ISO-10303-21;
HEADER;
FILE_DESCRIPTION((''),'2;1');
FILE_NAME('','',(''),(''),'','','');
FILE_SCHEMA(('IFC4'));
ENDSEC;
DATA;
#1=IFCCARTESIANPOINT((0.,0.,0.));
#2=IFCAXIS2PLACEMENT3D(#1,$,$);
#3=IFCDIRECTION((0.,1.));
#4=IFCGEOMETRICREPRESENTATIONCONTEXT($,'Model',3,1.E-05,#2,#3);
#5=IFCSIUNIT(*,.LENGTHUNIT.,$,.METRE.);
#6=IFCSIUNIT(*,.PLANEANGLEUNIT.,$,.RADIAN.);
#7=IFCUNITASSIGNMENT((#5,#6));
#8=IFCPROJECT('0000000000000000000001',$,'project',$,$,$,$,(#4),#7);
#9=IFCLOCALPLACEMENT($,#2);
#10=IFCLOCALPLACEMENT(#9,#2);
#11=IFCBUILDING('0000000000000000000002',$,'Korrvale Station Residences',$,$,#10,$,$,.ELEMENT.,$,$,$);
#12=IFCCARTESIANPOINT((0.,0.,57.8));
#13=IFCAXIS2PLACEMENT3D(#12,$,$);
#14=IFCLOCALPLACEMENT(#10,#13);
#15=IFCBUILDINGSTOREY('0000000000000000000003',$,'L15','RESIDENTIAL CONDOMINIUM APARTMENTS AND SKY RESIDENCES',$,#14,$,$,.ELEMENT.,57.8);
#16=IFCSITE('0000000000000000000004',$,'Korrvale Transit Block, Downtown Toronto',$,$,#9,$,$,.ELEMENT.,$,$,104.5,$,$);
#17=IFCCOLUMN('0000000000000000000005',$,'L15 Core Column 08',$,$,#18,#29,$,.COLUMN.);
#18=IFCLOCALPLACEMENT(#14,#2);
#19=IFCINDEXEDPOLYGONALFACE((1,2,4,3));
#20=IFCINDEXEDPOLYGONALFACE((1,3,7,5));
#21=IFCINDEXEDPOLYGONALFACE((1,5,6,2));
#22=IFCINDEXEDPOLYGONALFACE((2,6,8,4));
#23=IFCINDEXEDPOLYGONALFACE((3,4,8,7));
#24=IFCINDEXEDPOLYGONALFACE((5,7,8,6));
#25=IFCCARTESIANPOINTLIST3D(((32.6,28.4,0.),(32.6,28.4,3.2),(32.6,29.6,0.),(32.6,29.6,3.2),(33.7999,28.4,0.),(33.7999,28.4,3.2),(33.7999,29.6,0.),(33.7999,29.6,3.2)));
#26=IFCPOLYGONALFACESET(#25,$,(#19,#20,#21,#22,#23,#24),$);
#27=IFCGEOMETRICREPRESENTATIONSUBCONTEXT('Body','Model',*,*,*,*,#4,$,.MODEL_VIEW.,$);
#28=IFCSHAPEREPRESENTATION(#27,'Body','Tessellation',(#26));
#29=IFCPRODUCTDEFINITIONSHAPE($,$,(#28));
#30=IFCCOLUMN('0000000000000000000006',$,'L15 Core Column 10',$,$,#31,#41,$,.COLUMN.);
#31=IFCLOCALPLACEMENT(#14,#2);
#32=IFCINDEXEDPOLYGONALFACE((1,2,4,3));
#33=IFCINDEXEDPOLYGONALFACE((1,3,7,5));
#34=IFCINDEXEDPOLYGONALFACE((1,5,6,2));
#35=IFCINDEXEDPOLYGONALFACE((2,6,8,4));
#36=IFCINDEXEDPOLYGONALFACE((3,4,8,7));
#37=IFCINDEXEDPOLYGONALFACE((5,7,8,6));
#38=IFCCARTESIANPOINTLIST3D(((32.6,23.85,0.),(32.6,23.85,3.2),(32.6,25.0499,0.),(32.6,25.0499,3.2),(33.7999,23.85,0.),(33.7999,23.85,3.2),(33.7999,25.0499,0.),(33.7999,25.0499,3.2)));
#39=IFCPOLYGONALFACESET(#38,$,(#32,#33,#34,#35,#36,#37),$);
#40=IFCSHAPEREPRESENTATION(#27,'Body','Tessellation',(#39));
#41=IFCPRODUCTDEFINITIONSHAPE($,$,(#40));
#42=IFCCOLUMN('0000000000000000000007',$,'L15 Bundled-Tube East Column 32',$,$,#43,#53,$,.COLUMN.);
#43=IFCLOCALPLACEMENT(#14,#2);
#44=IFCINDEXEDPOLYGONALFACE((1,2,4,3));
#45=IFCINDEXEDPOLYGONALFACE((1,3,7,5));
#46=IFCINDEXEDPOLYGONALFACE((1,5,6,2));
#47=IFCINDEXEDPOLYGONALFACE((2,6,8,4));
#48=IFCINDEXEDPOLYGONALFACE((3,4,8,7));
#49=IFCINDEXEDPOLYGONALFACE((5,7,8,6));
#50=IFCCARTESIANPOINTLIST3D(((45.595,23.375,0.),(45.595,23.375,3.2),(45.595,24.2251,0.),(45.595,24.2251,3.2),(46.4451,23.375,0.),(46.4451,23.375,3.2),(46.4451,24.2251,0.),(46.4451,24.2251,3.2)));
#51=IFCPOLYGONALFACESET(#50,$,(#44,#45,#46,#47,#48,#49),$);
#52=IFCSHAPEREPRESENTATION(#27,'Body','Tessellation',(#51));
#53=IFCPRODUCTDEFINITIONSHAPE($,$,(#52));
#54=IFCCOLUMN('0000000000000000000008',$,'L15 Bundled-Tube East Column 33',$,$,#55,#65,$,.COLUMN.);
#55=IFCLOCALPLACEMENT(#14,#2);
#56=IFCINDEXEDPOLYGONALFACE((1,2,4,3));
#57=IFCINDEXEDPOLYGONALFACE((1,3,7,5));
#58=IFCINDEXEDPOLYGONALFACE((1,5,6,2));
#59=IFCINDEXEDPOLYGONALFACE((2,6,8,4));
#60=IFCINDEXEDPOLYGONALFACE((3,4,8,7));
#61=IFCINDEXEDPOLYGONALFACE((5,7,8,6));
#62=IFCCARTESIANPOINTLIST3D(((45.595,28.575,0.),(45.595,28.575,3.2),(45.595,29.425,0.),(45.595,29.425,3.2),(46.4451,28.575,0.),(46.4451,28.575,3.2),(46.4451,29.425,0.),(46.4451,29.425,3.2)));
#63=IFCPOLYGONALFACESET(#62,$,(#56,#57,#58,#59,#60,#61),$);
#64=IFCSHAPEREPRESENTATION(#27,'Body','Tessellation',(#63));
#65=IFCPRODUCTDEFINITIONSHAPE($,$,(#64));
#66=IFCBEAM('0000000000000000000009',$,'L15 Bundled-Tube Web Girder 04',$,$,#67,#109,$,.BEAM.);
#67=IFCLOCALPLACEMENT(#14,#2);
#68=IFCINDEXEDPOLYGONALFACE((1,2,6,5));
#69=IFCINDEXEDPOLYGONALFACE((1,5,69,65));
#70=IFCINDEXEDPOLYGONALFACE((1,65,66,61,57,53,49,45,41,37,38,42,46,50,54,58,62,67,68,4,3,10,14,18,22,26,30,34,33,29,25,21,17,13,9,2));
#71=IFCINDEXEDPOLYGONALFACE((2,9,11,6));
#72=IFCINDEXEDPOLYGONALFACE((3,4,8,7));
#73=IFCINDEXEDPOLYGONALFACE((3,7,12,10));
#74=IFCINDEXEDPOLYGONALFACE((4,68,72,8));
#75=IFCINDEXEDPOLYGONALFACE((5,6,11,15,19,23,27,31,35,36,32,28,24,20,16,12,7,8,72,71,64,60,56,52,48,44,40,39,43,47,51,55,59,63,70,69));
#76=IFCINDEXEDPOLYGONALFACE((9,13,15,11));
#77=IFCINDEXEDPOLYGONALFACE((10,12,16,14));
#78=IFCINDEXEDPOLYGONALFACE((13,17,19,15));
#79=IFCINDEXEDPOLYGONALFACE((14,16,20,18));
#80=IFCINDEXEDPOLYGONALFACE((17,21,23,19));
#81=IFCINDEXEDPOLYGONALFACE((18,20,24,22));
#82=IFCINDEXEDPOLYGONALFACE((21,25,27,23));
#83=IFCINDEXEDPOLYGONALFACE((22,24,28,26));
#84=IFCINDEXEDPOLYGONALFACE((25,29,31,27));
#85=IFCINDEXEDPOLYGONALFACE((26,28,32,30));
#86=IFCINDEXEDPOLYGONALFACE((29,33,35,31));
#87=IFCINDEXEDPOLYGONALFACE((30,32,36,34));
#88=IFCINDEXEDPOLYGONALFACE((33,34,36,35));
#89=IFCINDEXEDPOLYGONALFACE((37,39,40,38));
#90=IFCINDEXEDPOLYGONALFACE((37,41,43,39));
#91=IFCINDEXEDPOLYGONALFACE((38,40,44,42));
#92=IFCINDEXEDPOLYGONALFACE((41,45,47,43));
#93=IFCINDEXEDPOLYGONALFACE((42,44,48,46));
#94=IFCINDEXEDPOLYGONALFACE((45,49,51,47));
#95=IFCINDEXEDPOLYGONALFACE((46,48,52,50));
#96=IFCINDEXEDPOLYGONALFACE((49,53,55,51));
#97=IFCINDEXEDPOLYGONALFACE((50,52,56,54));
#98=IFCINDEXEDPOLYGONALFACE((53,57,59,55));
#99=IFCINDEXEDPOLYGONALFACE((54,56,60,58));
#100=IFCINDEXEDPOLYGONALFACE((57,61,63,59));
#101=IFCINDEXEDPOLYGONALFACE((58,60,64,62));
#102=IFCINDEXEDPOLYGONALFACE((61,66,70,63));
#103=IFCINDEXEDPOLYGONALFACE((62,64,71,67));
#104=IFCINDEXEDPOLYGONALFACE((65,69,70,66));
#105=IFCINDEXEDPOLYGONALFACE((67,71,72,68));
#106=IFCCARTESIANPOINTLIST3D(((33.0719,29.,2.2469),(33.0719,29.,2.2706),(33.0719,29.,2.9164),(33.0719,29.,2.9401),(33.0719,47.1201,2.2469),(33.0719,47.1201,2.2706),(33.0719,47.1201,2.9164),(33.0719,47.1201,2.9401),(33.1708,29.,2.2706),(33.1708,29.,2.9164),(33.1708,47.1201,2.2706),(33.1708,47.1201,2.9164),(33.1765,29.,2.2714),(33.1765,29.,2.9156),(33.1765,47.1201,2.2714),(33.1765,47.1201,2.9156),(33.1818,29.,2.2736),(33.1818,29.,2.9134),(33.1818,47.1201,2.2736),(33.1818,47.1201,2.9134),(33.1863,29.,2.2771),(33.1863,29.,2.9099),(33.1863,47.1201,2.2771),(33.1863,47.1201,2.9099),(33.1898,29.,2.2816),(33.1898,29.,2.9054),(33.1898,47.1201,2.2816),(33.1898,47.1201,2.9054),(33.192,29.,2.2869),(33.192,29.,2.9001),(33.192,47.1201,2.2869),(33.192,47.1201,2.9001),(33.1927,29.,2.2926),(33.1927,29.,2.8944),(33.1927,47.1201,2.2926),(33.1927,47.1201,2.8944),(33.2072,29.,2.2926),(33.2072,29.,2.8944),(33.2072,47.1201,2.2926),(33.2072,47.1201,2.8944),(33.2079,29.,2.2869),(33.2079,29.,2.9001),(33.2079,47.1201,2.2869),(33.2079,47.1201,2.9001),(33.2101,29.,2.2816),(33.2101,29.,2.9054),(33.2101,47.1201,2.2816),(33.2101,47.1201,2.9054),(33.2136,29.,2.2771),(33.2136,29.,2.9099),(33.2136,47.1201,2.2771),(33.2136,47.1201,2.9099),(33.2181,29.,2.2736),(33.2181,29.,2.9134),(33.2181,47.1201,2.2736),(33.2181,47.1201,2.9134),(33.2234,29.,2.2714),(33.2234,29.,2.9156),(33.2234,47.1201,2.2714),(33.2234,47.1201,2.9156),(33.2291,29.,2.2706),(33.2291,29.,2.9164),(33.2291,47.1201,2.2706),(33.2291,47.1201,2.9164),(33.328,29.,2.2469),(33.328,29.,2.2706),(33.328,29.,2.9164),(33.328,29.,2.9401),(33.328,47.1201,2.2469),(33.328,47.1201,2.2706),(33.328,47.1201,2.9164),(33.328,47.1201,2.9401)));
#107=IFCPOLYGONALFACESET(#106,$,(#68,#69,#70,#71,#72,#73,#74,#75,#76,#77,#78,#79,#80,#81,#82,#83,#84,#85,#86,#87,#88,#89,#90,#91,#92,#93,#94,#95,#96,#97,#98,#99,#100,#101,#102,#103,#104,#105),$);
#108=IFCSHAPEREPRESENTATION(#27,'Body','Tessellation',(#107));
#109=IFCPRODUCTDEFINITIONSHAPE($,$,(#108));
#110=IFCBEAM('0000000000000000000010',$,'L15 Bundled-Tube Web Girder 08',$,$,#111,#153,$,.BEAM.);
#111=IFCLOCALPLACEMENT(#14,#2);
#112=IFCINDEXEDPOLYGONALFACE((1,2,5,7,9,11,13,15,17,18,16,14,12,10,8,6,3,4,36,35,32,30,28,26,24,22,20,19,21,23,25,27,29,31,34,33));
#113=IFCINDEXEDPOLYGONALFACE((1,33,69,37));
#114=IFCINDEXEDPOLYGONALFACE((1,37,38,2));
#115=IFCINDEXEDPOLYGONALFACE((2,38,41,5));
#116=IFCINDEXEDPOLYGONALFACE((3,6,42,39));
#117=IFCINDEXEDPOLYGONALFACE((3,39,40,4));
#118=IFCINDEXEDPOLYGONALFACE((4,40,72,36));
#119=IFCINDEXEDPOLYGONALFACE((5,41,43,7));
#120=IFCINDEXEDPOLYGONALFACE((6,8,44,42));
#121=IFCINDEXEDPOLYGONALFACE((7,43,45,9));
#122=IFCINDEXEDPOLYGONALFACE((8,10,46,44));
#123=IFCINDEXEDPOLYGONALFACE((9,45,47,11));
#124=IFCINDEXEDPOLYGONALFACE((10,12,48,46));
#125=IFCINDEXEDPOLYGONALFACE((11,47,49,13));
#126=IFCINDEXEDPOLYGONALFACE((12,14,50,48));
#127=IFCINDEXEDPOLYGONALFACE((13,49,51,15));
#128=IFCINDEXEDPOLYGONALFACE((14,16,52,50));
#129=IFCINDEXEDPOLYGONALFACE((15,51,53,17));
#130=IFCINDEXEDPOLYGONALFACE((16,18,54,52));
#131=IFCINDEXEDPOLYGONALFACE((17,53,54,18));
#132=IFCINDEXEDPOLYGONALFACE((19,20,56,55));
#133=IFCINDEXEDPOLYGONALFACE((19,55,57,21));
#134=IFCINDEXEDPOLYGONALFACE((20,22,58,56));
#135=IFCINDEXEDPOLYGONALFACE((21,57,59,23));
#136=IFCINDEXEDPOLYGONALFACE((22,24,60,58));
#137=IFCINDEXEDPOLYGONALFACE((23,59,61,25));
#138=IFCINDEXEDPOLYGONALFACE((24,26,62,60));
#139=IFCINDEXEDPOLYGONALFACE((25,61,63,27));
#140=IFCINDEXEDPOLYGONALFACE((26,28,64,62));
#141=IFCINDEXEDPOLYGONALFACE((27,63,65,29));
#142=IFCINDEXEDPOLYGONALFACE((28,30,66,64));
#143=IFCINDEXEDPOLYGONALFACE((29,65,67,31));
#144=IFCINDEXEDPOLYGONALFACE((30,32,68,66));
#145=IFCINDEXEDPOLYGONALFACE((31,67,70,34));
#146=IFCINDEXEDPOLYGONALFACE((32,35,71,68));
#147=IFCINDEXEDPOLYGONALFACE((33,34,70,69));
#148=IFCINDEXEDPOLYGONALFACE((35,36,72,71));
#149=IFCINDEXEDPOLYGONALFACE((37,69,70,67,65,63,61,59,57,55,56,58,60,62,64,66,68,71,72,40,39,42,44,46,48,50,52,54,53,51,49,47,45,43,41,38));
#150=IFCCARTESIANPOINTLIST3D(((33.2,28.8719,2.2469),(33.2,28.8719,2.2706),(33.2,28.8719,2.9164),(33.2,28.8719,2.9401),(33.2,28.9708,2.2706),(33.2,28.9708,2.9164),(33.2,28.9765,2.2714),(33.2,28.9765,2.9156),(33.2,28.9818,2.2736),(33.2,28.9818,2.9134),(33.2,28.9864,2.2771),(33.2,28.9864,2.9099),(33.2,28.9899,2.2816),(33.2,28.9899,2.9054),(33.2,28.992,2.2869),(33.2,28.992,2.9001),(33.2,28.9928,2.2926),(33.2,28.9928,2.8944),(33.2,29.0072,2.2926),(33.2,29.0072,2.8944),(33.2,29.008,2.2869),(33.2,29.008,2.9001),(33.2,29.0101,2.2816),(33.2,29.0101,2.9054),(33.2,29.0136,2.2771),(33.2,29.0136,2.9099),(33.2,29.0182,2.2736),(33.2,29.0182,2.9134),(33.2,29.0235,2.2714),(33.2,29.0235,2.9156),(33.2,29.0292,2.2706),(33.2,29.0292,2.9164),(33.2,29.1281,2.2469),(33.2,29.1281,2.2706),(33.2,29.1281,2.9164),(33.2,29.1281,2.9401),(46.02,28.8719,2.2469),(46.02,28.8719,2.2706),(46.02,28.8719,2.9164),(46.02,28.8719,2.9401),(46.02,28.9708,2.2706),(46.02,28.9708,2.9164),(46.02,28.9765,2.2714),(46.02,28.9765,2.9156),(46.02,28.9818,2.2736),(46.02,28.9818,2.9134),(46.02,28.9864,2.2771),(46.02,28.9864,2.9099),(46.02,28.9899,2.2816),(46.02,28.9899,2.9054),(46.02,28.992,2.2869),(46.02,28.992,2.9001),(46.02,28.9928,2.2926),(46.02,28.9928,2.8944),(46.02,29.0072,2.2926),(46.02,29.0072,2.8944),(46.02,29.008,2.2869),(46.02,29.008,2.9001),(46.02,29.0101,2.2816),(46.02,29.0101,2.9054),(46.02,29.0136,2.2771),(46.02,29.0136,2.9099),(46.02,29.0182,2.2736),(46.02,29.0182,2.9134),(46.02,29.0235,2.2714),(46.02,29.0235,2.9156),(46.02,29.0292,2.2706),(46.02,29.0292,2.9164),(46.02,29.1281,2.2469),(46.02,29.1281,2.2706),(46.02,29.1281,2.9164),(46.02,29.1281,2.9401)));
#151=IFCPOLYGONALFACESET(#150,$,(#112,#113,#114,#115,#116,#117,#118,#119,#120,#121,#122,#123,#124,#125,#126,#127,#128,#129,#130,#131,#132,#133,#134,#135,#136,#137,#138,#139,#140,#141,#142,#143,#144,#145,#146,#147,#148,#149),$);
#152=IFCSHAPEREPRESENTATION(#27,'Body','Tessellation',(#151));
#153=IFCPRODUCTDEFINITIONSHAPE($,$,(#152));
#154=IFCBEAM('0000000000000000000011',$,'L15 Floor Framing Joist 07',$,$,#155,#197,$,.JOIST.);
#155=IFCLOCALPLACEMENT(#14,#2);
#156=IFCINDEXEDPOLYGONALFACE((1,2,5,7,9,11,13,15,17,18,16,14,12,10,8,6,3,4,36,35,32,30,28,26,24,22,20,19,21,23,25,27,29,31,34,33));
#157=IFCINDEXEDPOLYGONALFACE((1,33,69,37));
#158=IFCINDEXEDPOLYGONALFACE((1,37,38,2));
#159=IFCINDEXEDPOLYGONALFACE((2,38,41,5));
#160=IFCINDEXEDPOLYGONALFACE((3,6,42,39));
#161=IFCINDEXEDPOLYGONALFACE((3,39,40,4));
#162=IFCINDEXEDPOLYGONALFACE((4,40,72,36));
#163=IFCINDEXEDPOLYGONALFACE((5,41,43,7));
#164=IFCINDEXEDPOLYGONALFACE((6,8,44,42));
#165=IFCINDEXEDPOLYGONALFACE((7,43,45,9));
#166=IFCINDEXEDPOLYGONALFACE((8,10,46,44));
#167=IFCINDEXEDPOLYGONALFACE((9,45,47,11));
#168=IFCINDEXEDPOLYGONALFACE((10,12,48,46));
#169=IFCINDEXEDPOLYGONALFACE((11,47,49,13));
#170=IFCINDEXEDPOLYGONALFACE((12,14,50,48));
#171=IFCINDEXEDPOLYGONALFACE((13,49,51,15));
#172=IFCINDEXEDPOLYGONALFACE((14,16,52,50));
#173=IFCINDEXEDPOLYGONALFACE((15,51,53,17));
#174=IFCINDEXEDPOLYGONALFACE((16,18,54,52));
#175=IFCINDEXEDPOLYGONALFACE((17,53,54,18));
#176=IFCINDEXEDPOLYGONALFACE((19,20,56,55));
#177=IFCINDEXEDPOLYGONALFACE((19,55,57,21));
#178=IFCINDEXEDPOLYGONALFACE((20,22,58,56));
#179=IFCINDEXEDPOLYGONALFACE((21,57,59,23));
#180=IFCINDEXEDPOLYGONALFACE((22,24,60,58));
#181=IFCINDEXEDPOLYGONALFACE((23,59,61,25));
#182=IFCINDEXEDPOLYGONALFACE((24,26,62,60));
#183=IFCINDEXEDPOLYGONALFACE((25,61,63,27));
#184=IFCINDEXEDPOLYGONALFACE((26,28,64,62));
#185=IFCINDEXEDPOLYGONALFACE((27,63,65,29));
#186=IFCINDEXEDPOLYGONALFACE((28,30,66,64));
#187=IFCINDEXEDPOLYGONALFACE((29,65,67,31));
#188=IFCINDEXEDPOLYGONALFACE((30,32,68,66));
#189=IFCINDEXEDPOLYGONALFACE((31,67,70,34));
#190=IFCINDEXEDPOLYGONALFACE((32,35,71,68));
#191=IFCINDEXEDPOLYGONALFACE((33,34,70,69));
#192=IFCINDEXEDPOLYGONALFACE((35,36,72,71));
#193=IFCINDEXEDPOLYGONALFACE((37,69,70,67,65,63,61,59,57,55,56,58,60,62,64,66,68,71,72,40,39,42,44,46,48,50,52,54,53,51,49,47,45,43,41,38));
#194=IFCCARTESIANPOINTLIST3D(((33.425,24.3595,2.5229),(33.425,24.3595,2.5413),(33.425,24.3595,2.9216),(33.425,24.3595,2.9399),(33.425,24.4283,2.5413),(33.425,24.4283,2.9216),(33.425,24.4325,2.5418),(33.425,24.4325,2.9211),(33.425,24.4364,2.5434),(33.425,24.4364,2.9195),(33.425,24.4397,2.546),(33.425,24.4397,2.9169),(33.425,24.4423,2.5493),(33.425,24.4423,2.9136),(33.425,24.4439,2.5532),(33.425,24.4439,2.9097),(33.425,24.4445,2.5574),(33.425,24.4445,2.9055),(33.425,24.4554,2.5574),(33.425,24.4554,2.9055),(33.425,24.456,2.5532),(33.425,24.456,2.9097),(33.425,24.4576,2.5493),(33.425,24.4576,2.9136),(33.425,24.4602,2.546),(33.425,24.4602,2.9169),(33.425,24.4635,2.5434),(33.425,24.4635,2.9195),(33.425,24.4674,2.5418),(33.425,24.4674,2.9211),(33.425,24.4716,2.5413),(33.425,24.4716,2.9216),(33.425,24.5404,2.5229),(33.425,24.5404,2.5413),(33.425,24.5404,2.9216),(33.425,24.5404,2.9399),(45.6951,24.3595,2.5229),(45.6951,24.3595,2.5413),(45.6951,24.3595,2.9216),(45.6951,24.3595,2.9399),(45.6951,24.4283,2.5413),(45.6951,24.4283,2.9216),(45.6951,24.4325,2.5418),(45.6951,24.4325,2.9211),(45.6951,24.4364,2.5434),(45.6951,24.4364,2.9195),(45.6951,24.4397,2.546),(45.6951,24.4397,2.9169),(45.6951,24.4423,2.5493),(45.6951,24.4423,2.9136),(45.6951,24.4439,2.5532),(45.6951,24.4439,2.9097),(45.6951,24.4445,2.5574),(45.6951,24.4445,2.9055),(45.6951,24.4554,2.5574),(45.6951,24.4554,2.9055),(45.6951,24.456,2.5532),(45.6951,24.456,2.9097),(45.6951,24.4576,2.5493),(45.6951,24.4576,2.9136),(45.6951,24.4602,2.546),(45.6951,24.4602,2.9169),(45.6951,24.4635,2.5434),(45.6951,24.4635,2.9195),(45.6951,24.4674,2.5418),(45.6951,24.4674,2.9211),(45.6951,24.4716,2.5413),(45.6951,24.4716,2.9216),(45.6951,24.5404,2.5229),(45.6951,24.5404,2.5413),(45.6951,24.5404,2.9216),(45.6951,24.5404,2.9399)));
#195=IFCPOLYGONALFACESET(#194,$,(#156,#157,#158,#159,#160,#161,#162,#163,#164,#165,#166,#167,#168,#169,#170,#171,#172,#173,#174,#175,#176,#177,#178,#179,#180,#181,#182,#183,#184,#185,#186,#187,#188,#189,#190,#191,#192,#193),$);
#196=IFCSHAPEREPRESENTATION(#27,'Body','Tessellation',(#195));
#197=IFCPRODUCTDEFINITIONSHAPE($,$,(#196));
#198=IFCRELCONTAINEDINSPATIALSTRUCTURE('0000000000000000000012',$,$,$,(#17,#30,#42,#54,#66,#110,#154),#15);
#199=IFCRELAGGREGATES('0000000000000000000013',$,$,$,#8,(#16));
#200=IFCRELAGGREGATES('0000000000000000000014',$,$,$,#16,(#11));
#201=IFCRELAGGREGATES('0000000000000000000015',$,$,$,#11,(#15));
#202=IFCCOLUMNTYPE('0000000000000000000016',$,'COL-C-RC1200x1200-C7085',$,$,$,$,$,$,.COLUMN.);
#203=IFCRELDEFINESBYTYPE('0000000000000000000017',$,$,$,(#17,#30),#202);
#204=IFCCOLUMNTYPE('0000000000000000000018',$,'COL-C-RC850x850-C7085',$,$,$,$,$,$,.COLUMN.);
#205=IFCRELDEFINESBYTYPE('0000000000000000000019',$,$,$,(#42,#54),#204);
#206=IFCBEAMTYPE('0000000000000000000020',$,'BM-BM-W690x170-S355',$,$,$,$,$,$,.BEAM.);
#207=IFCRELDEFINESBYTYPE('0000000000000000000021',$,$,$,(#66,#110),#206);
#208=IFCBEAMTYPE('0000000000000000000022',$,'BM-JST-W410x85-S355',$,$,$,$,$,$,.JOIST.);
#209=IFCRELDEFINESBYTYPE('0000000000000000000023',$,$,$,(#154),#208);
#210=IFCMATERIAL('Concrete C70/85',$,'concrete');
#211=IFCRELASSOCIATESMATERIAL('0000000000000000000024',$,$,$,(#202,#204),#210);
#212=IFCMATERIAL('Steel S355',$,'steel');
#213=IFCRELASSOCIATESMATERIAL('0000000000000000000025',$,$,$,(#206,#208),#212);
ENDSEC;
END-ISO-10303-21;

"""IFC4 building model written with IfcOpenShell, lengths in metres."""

from ifc_helpers import new_model, si_unit, direction, frame, origin, origin_2d, place, context, subcontext, project, spatial, rectangle, i_section, extrude, material, material_profile, profile_set, type_object, element, save


model = new_model("IFC4")

# Units and contexts
model_context = context("Model", 3, precision=1e-05, world=origin(), true_north=direction((0.0, 1.0)))
body_context = subcontext(model_context, "Body", "Model", "MODEL_VIEW")
ifc_project = project(units=[si_unit("LENGTHUNIT", "METRE"), si_unit("PLANEANGLEUNIT", "RADIAN")], contexts=[model_context])

# Site, building, storey
site_placement = place(None, origin())
site = spatial("IfcSite", under=ifc_project, at=site_placement, Name="Korrvale Transit Block, Downtown Toronto", CompositionType="ELEMENT", RefElevation=104.5)
building_placement = place(site_placement, origin())
building = spatial("IfcBuilding", under=site, at=building_placement, Name="Korrvale Station Residences", CompositionType="ELEMENT")
storey_placement = place(building_placement, frame((0.0, 0.0, 57.8)))
storey = spatial("IfcBuildingStorey", under=building, at=storey_placement, Name="L15", Description="RESIDENTIAL CONDOMINIUM APARTMENTS AND SKY RESIDENCES", CompositionType="ELEMENT", Elevation=57.8)

# Columns
ifc_material_1 = material(Name="Concrete C70/85", Category="concrete")
ifc_material_profile_1 = material_profile(ifc_material_1, rectangle(XDim=1.2, YDim=1.2, at=origin_2d()), Name="RC1200x1200")
ifc_profile_set_1 = profile_set([ifc_material_profile_1], Name="Concrete C70/85")
column_type_1 = type_object("IfcColumnType", Name="COL-C-RC1200x1200-C7085", PredefinedType="COLUMN", material=ifc_profile_set_1)
for number, where, z_axis, x_axis, name in (
    (1, (33.2, 29.0, 0.0), (0.0, 0.0, 1.0), (1.0, 0.0, 0.0), "L15 Core Column 08"),
    (2, (33.2, 24.45, 0.0), (0.0, 0.0, 1.0), (1.0, 0.0, 0.0), "L15 Core Column 10"),
):
    element("IfcColumn", number, at=place(storey_placement, frame(where, z_axis=z_axis, x_axis=x_axis)), inside=storey, type_object=column_type_1, Name=name, PredefinedType="COLUMN", context=body_context, shape_type="SweptSolid", body=[
        extrude(rectangle(XDim=1.2, YDim=1.2, at=origin_2d()), origin(), (0.0, 0.0, 1.0), 3.2),
    ])
ifc_material_profile_2 = material_profile(ifc_material_1, rectangle(XDim=0.8501, YDim=0.8501, at=origin_2d()), Name="RC850x850")
ifc_profile_set_2 = profile_set([ifc_material_profile_2], Name="Concrete C70/85")
column_type_2 = type_object("IfcColumnType", Name="COL-C-RC850x850-C7085", PredefinedType="COLUMN", material=ifc_profile_set_2)
for number, where, z_axis, x_axis, name in (
    (3, (46.02, 23.8, 0.0), (0.0, 0.0, 1.0), (1.0, 0.0, 0.0), "L15 Bundled-Tube East Column 32"),
    (4, (46.02, 29.0, 0.0), (0.0, 0.0, 1.0), (1.0, 0.0, 0.0), "L15 Bundled-Tube East Column 33"),
):
    element("IfcColumn", number, at=place(storey_placement, frame(where, z_axis=z_axis, x_axis=x_axis)), inside=storey, type_object=column_type_2, Name=name, PredefinedType="COLUMN", context=body_context, shape_type="SweptSolid", body=[
        extrude(rectangle(XDim=0.8501, YDim=0.8501, at=origin_2d()), origin(), (0.0, 0.0, 1.0), 3.2),
    ])

# Beams
ifc_material_2 = material(Name="Steel S355", Category="steel")
ifc_material_profile_3 = material_profile(ifc_material_2, i_section(OverallWidth=0.2561, OverallDepth=0.6931, WebThickness=0.0144, FlangeThickness=0.0237, FilletRadius=0.022, at=origin_2d()), Name="W690x170")
ifc_profile_set_3 = profile_set([ifc_material_profile_3], Name="Steel S355")
beam_type_1 = type_object("IfcBeamType", Name="BM-BM-W690x170-S355", PredefinedType="BEAM", material=ifc_profile_set_3)
beam_1_placement = place(storey_placement, frame((33.2, 29.0, 2.5935), z_axis=(0.0, 1.0, 0.0), x_axis=(-1.0, 0.0, 0.0)))
element("IfcBeam", 5, at=beam_1_placement, inside=storey, type_object=beam_type_1, Name="L15 Bundled-Tube Web Girder 04", PredefinedType="BEAM", context=body_context, shape_type="SweptSolid", body=[
    extrude(i_section(OverallWidth=0.2561, OverallDepth=0.6931, WebThickness=0.0144, FlangeThickness=0.0237, FilletRadius=0.022, at=origin_2d()), origin(), (0.0, 0.0, 1.0), 18.1201),
])
beam_2_placement = place(storey_placement, frame((33.2, 29.0, 2.5935), z_axis=(1.0, 0.0, 0.0), x_axis=(0.0, 1.0, 0.0)))
element("IfcBeam", 6, at=beam_2_placement, inside=storey, type_object=beam_type_1, Name="L15 Bundled-Tube Web Girder 08", PredefinedType="BEAM", context=body_context, shape_type="SweptSolid", body=[
    extrude(i_section(OverallWidth=0.2561, OverallDepth=0.6931, WebThickness=0.0144, FlangeThickness=0.0237, FilletRadius=0.022, at=origin_2d()), origin(), (0.0, 0.0, 1.0), 12.8201),
])
ifc_material_profile_4 = material_profile(ifc_material_2, i_section(OverallWidth=0.1809, OverallDepth=0.417, WebThickness=0.011, FlangeThickness=0.0183, FilletRadius=0.0161, at=origin_2d()), Name="W410x85")
ifc_profile_set_4 = profile_set([ifc_material_profile_4], Name="Steel S355")
beam_type_2 = type_object("IfcBeamType", Name="BM-JST-W410x85-S355", PredefinedType="JOIST", material=ifc_profile_set_4)
beam_3_placement = place(storey_placement, frame((33.425, 24.45, 2.7314), z_axis=(1.0, 0.0, 0.0), x_axis=(0.0, 1.0, 0.0)))
element("IfcBeam", 7, at=beam_3_placement, inside=storey, type_object=beam_type_2, Name="L15 Floor Framing Joist 07", PredefinedType="JOIST", context=body_context, shape_type="SweptSolid", body=[
    extrude(i_section(OverallWidth=0.1809, OverallDepth=0.417, WebThickness=0.011, FlangeThickness=0.0183, FilletRadius=0.0161, at=origin_2d()), origin(), (0.0, 0.0, 1.0), 12.27),
])

save(model, "model.ifc")
